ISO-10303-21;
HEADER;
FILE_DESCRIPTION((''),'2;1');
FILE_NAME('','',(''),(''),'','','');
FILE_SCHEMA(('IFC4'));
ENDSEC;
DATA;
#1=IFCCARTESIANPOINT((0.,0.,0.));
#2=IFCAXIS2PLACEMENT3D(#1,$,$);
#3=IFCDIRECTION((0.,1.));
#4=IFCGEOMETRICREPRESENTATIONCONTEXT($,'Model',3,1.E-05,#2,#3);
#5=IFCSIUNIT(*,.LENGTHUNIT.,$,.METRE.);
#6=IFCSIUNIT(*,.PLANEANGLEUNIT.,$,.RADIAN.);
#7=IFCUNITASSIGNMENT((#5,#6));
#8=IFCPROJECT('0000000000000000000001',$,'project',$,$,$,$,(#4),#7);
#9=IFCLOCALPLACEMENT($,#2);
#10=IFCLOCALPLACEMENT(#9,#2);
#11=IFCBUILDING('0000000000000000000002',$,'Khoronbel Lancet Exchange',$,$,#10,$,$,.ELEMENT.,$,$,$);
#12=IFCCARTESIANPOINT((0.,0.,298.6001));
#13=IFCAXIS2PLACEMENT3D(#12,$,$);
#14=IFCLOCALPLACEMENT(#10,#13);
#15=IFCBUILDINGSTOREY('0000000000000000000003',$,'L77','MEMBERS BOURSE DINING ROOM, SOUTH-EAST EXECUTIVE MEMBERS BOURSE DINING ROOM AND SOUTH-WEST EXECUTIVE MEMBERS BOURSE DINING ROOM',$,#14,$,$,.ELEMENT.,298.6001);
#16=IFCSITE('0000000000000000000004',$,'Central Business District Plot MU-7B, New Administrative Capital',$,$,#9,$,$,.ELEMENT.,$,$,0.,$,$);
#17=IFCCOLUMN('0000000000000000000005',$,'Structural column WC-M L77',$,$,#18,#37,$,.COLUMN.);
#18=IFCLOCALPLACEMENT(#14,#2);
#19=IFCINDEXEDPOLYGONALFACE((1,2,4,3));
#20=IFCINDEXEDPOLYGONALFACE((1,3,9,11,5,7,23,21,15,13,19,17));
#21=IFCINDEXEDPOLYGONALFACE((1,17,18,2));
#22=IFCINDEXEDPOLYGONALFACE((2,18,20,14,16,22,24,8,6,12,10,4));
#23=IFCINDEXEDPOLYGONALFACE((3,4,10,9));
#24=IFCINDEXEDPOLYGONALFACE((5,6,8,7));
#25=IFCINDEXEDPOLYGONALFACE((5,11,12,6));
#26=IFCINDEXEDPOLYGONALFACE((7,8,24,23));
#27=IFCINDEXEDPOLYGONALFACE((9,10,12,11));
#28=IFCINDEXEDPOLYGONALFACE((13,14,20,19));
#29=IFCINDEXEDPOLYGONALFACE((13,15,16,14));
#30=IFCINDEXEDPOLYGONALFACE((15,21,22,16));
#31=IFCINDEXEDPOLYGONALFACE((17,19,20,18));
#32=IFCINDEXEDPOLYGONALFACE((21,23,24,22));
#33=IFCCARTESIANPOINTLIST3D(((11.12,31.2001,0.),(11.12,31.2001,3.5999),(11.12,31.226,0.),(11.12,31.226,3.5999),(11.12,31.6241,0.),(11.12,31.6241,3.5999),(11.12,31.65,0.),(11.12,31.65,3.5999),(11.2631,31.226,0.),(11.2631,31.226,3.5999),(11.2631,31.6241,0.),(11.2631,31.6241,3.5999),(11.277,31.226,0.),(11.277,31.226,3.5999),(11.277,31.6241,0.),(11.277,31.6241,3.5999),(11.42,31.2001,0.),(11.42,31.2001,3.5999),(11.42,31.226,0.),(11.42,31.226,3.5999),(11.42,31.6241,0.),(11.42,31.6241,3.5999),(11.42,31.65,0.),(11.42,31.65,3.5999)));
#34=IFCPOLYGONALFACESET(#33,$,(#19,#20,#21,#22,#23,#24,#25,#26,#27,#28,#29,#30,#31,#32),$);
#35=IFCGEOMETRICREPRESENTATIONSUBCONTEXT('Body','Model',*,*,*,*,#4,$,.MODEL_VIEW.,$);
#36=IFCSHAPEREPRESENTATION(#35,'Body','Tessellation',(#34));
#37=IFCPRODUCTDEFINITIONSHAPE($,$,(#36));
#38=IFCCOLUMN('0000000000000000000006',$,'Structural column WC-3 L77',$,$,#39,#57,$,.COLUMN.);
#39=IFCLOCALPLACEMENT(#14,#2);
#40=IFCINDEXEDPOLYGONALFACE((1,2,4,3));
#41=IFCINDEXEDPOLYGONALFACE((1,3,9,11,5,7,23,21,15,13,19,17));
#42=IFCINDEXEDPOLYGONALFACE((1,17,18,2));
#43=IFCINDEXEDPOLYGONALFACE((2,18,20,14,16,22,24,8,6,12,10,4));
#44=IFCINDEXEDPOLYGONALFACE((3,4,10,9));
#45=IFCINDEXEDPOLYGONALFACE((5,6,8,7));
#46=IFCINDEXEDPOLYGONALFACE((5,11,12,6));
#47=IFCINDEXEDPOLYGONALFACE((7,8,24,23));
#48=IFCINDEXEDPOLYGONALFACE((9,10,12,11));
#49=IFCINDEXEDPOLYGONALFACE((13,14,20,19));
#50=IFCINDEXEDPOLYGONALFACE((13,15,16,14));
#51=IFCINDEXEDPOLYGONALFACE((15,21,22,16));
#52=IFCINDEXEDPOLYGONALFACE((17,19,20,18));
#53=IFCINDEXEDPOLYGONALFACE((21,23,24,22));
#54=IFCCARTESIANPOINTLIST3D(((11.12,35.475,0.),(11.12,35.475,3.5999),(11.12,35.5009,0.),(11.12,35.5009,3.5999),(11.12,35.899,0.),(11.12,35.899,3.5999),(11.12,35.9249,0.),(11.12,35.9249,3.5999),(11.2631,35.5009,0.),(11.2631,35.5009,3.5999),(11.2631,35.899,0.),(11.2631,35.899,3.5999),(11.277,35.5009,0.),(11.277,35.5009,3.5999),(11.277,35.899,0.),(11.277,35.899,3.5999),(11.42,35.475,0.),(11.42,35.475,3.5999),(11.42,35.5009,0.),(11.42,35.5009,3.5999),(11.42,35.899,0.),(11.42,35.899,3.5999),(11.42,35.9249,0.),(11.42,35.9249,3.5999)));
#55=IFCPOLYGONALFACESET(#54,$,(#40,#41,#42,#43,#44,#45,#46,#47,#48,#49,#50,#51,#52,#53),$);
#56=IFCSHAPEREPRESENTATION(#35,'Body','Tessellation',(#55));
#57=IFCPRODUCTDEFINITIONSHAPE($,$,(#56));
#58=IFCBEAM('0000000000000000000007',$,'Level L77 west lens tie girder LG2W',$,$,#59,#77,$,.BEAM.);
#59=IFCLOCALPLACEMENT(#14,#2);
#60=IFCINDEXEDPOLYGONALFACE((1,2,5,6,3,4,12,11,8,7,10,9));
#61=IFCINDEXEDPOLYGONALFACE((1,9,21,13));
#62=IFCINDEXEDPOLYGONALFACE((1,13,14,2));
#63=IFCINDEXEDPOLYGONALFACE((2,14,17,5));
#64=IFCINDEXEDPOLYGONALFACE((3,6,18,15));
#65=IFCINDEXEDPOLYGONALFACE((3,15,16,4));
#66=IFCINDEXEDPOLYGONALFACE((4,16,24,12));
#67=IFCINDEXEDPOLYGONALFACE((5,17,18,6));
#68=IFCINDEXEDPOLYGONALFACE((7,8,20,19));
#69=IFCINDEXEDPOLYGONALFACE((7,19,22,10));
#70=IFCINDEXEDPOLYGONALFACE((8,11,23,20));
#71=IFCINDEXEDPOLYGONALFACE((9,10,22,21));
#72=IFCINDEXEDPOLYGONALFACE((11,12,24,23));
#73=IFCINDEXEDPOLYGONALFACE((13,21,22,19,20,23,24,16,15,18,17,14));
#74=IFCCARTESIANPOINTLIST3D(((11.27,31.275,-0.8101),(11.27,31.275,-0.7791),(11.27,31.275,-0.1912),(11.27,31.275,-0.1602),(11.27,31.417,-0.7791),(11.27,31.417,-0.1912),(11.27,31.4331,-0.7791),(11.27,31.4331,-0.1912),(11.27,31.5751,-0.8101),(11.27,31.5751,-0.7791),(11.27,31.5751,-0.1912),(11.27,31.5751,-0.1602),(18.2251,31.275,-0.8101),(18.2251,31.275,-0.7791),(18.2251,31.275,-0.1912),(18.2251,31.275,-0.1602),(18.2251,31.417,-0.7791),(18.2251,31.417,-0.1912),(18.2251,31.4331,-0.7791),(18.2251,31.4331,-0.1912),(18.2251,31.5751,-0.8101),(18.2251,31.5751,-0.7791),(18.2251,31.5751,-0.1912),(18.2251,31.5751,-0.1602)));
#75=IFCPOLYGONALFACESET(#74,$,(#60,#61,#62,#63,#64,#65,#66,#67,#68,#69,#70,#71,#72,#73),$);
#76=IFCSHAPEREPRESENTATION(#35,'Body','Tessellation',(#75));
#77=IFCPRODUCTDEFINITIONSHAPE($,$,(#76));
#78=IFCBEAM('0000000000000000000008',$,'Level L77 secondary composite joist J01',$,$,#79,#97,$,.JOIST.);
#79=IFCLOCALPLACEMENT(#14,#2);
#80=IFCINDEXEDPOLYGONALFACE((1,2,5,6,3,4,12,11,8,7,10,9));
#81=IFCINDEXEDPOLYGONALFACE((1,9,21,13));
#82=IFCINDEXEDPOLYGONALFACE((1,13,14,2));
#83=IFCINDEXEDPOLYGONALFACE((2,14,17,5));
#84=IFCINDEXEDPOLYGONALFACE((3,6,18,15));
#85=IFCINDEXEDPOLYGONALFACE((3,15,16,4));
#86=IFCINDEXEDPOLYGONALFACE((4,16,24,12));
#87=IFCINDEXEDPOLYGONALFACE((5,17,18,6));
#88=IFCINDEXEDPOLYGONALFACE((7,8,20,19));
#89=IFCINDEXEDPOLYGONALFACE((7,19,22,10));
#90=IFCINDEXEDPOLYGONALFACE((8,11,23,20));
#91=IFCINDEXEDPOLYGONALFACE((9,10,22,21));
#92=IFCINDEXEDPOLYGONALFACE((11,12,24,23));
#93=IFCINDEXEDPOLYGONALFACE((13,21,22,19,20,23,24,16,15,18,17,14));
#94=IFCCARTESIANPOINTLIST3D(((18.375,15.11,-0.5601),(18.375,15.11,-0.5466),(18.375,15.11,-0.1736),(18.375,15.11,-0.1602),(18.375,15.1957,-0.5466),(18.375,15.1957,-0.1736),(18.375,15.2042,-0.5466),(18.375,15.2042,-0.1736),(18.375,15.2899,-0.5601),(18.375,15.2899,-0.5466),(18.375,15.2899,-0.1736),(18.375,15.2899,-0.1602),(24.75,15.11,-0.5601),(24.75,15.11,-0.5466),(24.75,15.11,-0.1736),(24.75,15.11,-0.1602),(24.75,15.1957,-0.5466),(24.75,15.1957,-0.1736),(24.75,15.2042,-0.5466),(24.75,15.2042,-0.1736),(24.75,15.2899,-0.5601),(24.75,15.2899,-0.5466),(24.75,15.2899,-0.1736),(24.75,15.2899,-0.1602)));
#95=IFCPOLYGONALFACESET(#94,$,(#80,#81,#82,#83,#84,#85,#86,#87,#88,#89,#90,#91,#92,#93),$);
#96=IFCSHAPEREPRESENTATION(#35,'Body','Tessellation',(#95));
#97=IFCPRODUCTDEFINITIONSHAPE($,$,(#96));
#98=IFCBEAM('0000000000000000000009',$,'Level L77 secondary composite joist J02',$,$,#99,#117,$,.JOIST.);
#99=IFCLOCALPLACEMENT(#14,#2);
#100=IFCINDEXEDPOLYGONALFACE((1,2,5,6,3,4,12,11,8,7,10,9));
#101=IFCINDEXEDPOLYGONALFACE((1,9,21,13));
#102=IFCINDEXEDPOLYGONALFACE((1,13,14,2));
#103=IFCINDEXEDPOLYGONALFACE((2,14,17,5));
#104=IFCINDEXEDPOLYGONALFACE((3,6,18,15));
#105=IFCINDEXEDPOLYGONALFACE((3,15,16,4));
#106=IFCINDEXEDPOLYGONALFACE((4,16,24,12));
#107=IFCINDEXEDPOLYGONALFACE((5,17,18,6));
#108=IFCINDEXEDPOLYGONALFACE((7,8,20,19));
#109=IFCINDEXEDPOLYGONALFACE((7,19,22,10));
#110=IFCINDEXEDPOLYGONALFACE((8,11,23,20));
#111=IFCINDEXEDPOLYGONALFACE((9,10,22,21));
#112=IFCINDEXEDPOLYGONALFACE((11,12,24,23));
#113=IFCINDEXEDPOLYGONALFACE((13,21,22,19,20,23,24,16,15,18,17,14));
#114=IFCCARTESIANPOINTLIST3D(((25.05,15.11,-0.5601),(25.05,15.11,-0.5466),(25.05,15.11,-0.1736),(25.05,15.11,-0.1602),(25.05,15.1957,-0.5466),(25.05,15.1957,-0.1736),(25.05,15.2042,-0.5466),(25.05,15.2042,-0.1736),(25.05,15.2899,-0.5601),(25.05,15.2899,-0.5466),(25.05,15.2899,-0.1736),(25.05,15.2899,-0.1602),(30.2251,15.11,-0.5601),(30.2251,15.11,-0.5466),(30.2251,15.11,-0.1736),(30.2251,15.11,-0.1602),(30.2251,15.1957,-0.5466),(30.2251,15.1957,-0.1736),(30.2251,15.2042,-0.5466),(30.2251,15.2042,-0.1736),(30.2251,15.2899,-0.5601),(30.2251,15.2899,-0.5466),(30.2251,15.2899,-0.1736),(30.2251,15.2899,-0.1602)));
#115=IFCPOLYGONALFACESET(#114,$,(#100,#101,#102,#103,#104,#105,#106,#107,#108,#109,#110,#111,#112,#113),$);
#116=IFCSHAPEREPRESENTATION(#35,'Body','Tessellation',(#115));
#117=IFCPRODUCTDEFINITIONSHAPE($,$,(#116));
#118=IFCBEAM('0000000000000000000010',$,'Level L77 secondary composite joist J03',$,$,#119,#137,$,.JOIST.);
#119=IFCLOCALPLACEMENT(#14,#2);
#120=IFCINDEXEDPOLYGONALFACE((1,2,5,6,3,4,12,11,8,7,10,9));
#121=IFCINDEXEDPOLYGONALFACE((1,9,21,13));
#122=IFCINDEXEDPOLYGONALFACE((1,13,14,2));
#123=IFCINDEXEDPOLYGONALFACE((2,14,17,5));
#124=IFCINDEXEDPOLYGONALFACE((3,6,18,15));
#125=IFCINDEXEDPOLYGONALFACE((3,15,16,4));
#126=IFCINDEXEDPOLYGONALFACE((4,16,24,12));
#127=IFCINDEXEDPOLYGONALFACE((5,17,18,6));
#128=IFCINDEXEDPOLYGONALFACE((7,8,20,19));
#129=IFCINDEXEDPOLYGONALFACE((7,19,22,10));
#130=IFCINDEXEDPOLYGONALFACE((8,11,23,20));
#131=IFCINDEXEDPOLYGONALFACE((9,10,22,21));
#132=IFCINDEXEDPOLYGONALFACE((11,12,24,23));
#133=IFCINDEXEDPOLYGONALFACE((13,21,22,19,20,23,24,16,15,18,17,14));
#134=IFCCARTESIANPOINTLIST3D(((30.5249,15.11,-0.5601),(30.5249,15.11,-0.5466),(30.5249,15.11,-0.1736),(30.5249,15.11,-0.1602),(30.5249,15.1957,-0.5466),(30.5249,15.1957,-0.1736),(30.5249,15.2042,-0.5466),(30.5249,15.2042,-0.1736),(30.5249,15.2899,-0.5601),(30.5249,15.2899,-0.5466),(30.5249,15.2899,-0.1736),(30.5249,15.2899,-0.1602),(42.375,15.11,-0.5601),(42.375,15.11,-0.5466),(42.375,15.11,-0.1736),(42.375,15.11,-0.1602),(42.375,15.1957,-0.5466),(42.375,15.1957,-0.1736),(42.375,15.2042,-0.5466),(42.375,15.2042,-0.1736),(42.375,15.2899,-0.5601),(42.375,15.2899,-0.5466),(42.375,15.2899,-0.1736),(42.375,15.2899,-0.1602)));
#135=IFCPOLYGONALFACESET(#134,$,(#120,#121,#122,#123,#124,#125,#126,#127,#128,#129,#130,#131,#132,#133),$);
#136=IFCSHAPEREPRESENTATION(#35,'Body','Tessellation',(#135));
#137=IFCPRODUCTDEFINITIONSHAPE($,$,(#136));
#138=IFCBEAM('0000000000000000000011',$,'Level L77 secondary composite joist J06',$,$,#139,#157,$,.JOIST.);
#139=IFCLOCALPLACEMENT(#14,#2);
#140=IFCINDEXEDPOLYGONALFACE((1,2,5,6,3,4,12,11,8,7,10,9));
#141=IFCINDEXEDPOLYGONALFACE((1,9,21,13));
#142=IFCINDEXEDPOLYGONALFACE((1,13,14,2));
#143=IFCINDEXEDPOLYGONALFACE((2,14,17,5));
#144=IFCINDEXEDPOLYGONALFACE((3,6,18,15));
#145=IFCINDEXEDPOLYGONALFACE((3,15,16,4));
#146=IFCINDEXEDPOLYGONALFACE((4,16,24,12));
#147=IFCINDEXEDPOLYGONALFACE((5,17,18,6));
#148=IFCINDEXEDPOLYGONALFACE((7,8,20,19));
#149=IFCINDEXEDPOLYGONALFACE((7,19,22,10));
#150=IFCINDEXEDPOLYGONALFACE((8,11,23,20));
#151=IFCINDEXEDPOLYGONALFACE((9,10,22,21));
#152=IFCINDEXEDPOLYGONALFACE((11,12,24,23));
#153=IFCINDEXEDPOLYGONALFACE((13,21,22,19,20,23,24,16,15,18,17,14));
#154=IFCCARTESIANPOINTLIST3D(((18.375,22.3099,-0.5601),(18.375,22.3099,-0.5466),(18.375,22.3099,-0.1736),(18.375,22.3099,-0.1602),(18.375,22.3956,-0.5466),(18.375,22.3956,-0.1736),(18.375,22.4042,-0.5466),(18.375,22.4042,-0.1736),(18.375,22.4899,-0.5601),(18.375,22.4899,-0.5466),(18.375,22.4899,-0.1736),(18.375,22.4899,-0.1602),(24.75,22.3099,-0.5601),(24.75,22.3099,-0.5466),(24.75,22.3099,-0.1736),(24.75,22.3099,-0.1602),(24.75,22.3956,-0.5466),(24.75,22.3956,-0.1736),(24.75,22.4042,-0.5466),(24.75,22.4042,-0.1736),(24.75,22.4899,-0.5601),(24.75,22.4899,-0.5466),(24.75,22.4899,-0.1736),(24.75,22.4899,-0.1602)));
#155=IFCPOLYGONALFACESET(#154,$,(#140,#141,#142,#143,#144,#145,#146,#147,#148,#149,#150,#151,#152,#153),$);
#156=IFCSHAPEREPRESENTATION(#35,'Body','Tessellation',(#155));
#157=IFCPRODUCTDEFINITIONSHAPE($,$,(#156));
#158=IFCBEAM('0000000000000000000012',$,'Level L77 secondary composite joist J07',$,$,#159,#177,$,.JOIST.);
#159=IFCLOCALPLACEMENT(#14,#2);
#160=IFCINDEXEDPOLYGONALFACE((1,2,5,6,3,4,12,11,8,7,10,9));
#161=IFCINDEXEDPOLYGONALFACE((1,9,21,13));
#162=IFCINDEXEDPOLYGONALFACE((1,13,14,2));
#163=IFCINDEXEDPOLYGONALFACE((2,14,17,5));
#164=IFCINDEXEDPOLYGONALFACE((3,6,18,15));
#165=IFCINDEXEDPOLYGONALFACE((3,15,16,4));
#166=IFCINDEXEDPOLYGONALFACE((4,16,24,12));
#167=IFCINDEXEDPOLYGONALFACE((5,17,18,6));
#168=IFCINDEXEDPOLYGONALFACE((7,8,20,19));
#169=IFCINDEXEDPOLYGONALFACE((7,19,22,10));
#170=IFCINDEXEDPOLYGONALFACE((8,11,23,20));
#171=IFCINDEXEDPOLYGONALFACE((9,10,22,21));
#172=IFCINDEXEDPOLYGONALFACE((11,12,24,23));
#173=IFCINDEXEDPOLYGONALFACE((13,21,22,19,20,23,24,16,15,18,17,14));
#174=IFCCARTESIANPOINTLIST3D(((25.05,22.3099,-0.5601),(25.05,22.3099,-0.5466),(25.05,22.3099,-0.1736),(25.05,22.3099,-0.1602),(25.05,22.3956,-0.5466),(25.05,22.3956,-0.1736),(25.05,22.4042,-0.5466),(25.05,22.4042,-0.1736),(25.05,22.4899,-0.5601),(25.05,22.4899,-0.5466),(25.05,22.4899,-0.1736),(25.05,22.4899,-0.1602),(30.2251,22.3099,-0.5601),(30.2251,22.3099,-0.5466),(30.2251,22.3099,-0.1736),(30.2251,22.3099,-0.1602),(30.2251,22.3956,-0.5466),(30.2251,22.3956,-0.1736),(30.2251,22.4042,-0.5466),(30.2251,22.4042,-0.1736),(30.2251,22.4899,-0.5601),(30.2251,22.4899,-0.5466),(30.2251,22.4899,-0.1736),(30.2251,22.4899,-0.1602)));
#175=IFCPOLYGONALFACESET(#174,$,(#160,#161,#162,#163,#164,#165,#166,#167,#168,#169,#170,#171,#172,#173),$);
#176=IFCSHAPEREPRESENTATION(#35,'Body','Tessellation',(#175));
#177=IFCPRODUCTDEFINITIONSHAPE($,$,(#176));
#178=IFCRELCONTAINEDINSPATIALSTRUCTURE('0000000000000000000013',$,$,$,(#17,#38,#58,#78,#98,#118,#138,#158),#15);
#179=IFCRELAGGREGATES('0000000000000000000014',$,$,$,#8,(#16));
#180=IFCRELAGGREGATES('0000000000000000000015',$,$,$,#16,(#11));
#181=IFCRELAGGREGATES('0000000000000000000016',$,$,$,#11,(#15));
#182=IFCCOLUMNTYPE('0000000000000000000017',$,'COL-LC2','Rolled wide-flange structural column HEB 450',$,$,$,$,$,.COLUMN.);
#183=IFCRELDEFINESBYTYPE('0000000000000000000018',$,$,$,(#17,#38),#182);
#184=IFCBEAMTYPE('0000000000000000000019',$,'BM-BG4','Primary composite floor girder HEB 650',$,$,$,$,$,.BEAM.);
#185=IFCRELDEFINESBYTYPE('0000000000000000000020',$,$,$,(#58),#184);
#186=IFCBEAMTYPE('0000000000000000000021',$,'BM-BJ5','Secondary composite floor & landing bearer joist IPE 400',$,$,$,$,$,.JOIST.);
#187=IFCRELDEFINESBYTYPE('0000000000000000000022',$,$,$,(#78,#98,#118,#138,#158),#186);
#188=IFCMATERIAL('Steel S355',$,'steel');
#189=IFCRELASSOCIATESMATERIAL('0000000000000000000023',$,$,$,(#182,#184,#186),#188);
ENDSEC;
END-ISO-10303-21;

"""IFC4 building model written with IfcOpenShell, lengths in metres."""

from ifc_helpers import new_model, si_unit, direction, frame, origin, origin_2d, place, context, subcontext, project, spatial, i_section, extrude, material, material_profile, profile_set, type_object, element, save


model = new_model("IFC4")

# Units and contexts
model_context = context("Model", 3, precision=1e-05, world=origin(), true_north=direction((0.0, 1.0)))
body_context = subcontext(model_context, "Body", "Model", "MODEL_VIEW")
ifc_project = project(units=[si_unit("LENGTHUNIT", "METRE"), si_unit("PLANEANGLEUNIT", "RADIAN")], contexts=[model_context])

# Site, building, storey
site_placement = place(None, origin())
site = spatial("IfcSite", under=ifc_project, at=site_placement, Name="Central Business District Plot MU-7B, New Administrative Capital", CompositionType="ELEMENT", RefElevation=0.0)
building_placement = place(site_placement, origin())
building = spatial("IfcBuilding", under=site, at=building_placement, Name="Khoronbel Lancet Exchange", CompositionType="ELEMENT")
storey_placement = place(building_placement, frame((0.0, 0.0, 298.6001)))
storey = spatial("IfcBuildingStorey", under=building, at=storey_placement, Name="L77", Description="MEMBERS BOURSE DINING ROOM, SOUTH-EAST EXECUTIVE MEMBERS BOURSE DINING ROOM AND SOUTH-WEST EXECUTIVE MEMBERS BOURSE DINING ROOM", CompositionType="ELEMENT", Elevation=298.6001)

# Columns
ifc_material_1 = material(Name="Steel S355", Category="steel")
ifc_material_profile_1 = material_profile(ifc_material_1, i_section(OverallWidth=0.3, OverallDepth=0.45, WebThickness=0.0139, FlangeThickness=0.0259, at=origin_2d()), Name="HEB 450")
ifc_profile_set_1 = profile_set([ifc_material_profile_1], Name="Steel S355")
column_type = type_object("IfcColumnType", Name="COL-LC2", Description="Rolled wide-flange structural column HEB 450", PredefinedType="COLUMN", material=ifc_profile_set_1)
for number, where, z_axis, x_axis, name in (
    (1, (11.27, 31.425, 0.0), (0.0, 0.0, 1.0), (1.0, 0.0, 0.0), "Structural column WC-M L77"),
    (2, (11.27, 35.7, 0.0), (0.0, 0.0, 1.0), (1.0, 0.0, 0.0), "Structural column WC-3 L77"),
):
    element("IfcColumn", number, at=place(storey_placement, frame(where, z_axis=z_axis, x_axis=x_axis)), inside=storey, type_object=column_type, Name=name, PredefinedType="COLUMN", context=body_context, shape_type="SweptSolid", body=[
        extrude(i_section(OverallWidth=0.3, OverallDepth=0.45, WebThickness=0.0139, FlangeThickness=0.0259, at=origin_2d()), origin(), (0.0, 0.0, 1.0), 3.5999),
    ])

# Beams
ifc_material_profile_2 = material_profile(ifc_material_1, i_section(OverallWidth=0.3, OverallDepth=0.6499, WebThickness=0.0161, FlangeThickness=0.031, at=origin_2d()), Name="HEB 650")
ifc_profile_set_2 = profile_set([ifc_material_profile_2], Name="Steel S355")
beam_type_1 = type_object("IfcBeamType", Name="BM-BG4", Description="Primary composite floor girder HEB 650", PredefinedType="BEAM", material=ifc_profile_set_2)
beam_1_placement = place(storey_placement, frame((11.27, 31.425, -0.4851), z_axis=(1.0, 0.0, 0.0), x_axis=(0.0, 1.0, 0.0)))
element("IfcBeam", 3, at=beam_1_placement, inside=storey, type_object=beam_type_1, Name="Level L77 west lens tie girder LG2W", PredefinedType="BEAM", context=body_context, shape_type="SweptSolid", body=[
    extrude(i_section(OverallWidth=0.3, OverallDepth=0.6499, WebThickness=0.0161, FlangeThickness=0.031, at=origin_2d()), origin(), (0.0, 0.0, 1.0), 6.9551),
])
ifc_material_profile_3 = material_profile(ifc_material_1, i_section(OverallWidth=0.1799, OverallDepth=0.3999, WebThickness=0.0085, FlangeThickness=0.0134, at=origin_2d()), Name="IPE 400")
ifc_profile_set_3 = profile_set([ifc_material_profile_3], Name="Steel S355")
beam_type_2 = type_object("IfcBeamType", Name="BM-BJ5", Description="Secondary composite floor & landing bearer joist IPE 400", PredefinedType="JOIST", material=ifc_profile_set_3)
beam_2_placement = place(storey_placement, frame((18.375, 15.2, -0.3601), z_axis=(1.0, 0.0, 0.0), x_axis=(0.0, 1.0, 0.0)))
element("IfcBeam", 4, at=beam_2_placement, inside=storey, type_object=beam_type_2, Name="Level L77 secondary composite joist J01", PredefinedType="JOIST", context=body_context, shape_type="SweptSolid", body=[
    extrude(i_section(OverallWidth=0.1799, OverallDepth=0.3999, WebThickness=0.0085, FlangeThickness=0.0134, at=origin_2d()), origin(), (0.0, 0.0, 1.0), 6.375),
])
beam_3_placement = place(storey_placement, frame((25.05, 15.2, -0.3601), z_axis=(1.0, 0.0, 0.0), x_axis=(0.0, 1.0, 0.0)))
element("IfcBeam", 5, at=beam_3_placement, inside=storey, type_object=beam_type_2, Name="Level L77 secondary composite joist J02", PredefinedType="JOIST", context=body_context, shape_type="SweptSolid", body=[
    extrude(i_section(OverallWidth=0.1799, OverallDepth=0.3999, WebThickness=0.0085, FlangeThickness=0.0134, at=origin_2d()), origin(), (0.0, 0.0, 1.0), 5.175),
])
beam_4_placement = place(storey_placement, frame((30.5249, 15.2, -0.3601), z_axis=(1.0, 0.0, 0.0), x_axis=(0.0, 1.0, 0.0)))
element("IfcBeam", 6, at=beam_4_placement, inside=storey, type_object=beam_type_2, Name="Level L77 secondary composite joist J03", PredefinedType="JOIST", context=body_context, shape_type="SweptSolid", body=[
    extrude(i_section(OverallWidth=0.1799, OverallDepth=0.3999, WebThickness=0.0085, FlangeThickness=0.0134, at=origin_2d()), origin(), (0.0, 0.0, 1.0), 11.8501),
])
beam_5_placement = place(storey_placement, frame((18.375, 22.3999, -0.3601), z_axis=(1.0, 0.0, 0.0), x_axis=(0.0, 1.0, 0.0)))
element("IfcBeam", 7, at=beam_5_placement, inside=storey, type_object=beam_type_2, Name="Level L77 secondary composite joist J06", PredefinedType="JOIST", context=body_context, shape_type="SweptSolid", body=[
    extrude(i_section(OverallWidth=0.1799, OverallDepth=0.3999, WebThickness=0.0085, FlangeThickness=0.0134, at=origin_2d()), origin(), (0.0, 0.0, 1.0), 6.375),
])
beam_6_placement = place(storey_placement, frame((25.05, 22.3999, -0.3601), z_axis=(1.0, 0.0, 0.0), x_axis=(0.0, 1.0, 0.0)))
element("IfcBeam", 8, at=beam_6_placement, inside=storey, type_object=beam_type_2, Name="Level L77 secondary composite joist J07", PredefinedType="JOIST", context=body_context, shape_type="SweptSolid", body=[
    extrude(i_section(OverallWidth=0.1799, OverallDepth=0.3999, WebThickness=0.0085, FlangeThickness=0.0134, at=origin_2d()), origin(), (0.0, 0.0, 1.0), 5.175),
])

save(model, "model.ifc")
